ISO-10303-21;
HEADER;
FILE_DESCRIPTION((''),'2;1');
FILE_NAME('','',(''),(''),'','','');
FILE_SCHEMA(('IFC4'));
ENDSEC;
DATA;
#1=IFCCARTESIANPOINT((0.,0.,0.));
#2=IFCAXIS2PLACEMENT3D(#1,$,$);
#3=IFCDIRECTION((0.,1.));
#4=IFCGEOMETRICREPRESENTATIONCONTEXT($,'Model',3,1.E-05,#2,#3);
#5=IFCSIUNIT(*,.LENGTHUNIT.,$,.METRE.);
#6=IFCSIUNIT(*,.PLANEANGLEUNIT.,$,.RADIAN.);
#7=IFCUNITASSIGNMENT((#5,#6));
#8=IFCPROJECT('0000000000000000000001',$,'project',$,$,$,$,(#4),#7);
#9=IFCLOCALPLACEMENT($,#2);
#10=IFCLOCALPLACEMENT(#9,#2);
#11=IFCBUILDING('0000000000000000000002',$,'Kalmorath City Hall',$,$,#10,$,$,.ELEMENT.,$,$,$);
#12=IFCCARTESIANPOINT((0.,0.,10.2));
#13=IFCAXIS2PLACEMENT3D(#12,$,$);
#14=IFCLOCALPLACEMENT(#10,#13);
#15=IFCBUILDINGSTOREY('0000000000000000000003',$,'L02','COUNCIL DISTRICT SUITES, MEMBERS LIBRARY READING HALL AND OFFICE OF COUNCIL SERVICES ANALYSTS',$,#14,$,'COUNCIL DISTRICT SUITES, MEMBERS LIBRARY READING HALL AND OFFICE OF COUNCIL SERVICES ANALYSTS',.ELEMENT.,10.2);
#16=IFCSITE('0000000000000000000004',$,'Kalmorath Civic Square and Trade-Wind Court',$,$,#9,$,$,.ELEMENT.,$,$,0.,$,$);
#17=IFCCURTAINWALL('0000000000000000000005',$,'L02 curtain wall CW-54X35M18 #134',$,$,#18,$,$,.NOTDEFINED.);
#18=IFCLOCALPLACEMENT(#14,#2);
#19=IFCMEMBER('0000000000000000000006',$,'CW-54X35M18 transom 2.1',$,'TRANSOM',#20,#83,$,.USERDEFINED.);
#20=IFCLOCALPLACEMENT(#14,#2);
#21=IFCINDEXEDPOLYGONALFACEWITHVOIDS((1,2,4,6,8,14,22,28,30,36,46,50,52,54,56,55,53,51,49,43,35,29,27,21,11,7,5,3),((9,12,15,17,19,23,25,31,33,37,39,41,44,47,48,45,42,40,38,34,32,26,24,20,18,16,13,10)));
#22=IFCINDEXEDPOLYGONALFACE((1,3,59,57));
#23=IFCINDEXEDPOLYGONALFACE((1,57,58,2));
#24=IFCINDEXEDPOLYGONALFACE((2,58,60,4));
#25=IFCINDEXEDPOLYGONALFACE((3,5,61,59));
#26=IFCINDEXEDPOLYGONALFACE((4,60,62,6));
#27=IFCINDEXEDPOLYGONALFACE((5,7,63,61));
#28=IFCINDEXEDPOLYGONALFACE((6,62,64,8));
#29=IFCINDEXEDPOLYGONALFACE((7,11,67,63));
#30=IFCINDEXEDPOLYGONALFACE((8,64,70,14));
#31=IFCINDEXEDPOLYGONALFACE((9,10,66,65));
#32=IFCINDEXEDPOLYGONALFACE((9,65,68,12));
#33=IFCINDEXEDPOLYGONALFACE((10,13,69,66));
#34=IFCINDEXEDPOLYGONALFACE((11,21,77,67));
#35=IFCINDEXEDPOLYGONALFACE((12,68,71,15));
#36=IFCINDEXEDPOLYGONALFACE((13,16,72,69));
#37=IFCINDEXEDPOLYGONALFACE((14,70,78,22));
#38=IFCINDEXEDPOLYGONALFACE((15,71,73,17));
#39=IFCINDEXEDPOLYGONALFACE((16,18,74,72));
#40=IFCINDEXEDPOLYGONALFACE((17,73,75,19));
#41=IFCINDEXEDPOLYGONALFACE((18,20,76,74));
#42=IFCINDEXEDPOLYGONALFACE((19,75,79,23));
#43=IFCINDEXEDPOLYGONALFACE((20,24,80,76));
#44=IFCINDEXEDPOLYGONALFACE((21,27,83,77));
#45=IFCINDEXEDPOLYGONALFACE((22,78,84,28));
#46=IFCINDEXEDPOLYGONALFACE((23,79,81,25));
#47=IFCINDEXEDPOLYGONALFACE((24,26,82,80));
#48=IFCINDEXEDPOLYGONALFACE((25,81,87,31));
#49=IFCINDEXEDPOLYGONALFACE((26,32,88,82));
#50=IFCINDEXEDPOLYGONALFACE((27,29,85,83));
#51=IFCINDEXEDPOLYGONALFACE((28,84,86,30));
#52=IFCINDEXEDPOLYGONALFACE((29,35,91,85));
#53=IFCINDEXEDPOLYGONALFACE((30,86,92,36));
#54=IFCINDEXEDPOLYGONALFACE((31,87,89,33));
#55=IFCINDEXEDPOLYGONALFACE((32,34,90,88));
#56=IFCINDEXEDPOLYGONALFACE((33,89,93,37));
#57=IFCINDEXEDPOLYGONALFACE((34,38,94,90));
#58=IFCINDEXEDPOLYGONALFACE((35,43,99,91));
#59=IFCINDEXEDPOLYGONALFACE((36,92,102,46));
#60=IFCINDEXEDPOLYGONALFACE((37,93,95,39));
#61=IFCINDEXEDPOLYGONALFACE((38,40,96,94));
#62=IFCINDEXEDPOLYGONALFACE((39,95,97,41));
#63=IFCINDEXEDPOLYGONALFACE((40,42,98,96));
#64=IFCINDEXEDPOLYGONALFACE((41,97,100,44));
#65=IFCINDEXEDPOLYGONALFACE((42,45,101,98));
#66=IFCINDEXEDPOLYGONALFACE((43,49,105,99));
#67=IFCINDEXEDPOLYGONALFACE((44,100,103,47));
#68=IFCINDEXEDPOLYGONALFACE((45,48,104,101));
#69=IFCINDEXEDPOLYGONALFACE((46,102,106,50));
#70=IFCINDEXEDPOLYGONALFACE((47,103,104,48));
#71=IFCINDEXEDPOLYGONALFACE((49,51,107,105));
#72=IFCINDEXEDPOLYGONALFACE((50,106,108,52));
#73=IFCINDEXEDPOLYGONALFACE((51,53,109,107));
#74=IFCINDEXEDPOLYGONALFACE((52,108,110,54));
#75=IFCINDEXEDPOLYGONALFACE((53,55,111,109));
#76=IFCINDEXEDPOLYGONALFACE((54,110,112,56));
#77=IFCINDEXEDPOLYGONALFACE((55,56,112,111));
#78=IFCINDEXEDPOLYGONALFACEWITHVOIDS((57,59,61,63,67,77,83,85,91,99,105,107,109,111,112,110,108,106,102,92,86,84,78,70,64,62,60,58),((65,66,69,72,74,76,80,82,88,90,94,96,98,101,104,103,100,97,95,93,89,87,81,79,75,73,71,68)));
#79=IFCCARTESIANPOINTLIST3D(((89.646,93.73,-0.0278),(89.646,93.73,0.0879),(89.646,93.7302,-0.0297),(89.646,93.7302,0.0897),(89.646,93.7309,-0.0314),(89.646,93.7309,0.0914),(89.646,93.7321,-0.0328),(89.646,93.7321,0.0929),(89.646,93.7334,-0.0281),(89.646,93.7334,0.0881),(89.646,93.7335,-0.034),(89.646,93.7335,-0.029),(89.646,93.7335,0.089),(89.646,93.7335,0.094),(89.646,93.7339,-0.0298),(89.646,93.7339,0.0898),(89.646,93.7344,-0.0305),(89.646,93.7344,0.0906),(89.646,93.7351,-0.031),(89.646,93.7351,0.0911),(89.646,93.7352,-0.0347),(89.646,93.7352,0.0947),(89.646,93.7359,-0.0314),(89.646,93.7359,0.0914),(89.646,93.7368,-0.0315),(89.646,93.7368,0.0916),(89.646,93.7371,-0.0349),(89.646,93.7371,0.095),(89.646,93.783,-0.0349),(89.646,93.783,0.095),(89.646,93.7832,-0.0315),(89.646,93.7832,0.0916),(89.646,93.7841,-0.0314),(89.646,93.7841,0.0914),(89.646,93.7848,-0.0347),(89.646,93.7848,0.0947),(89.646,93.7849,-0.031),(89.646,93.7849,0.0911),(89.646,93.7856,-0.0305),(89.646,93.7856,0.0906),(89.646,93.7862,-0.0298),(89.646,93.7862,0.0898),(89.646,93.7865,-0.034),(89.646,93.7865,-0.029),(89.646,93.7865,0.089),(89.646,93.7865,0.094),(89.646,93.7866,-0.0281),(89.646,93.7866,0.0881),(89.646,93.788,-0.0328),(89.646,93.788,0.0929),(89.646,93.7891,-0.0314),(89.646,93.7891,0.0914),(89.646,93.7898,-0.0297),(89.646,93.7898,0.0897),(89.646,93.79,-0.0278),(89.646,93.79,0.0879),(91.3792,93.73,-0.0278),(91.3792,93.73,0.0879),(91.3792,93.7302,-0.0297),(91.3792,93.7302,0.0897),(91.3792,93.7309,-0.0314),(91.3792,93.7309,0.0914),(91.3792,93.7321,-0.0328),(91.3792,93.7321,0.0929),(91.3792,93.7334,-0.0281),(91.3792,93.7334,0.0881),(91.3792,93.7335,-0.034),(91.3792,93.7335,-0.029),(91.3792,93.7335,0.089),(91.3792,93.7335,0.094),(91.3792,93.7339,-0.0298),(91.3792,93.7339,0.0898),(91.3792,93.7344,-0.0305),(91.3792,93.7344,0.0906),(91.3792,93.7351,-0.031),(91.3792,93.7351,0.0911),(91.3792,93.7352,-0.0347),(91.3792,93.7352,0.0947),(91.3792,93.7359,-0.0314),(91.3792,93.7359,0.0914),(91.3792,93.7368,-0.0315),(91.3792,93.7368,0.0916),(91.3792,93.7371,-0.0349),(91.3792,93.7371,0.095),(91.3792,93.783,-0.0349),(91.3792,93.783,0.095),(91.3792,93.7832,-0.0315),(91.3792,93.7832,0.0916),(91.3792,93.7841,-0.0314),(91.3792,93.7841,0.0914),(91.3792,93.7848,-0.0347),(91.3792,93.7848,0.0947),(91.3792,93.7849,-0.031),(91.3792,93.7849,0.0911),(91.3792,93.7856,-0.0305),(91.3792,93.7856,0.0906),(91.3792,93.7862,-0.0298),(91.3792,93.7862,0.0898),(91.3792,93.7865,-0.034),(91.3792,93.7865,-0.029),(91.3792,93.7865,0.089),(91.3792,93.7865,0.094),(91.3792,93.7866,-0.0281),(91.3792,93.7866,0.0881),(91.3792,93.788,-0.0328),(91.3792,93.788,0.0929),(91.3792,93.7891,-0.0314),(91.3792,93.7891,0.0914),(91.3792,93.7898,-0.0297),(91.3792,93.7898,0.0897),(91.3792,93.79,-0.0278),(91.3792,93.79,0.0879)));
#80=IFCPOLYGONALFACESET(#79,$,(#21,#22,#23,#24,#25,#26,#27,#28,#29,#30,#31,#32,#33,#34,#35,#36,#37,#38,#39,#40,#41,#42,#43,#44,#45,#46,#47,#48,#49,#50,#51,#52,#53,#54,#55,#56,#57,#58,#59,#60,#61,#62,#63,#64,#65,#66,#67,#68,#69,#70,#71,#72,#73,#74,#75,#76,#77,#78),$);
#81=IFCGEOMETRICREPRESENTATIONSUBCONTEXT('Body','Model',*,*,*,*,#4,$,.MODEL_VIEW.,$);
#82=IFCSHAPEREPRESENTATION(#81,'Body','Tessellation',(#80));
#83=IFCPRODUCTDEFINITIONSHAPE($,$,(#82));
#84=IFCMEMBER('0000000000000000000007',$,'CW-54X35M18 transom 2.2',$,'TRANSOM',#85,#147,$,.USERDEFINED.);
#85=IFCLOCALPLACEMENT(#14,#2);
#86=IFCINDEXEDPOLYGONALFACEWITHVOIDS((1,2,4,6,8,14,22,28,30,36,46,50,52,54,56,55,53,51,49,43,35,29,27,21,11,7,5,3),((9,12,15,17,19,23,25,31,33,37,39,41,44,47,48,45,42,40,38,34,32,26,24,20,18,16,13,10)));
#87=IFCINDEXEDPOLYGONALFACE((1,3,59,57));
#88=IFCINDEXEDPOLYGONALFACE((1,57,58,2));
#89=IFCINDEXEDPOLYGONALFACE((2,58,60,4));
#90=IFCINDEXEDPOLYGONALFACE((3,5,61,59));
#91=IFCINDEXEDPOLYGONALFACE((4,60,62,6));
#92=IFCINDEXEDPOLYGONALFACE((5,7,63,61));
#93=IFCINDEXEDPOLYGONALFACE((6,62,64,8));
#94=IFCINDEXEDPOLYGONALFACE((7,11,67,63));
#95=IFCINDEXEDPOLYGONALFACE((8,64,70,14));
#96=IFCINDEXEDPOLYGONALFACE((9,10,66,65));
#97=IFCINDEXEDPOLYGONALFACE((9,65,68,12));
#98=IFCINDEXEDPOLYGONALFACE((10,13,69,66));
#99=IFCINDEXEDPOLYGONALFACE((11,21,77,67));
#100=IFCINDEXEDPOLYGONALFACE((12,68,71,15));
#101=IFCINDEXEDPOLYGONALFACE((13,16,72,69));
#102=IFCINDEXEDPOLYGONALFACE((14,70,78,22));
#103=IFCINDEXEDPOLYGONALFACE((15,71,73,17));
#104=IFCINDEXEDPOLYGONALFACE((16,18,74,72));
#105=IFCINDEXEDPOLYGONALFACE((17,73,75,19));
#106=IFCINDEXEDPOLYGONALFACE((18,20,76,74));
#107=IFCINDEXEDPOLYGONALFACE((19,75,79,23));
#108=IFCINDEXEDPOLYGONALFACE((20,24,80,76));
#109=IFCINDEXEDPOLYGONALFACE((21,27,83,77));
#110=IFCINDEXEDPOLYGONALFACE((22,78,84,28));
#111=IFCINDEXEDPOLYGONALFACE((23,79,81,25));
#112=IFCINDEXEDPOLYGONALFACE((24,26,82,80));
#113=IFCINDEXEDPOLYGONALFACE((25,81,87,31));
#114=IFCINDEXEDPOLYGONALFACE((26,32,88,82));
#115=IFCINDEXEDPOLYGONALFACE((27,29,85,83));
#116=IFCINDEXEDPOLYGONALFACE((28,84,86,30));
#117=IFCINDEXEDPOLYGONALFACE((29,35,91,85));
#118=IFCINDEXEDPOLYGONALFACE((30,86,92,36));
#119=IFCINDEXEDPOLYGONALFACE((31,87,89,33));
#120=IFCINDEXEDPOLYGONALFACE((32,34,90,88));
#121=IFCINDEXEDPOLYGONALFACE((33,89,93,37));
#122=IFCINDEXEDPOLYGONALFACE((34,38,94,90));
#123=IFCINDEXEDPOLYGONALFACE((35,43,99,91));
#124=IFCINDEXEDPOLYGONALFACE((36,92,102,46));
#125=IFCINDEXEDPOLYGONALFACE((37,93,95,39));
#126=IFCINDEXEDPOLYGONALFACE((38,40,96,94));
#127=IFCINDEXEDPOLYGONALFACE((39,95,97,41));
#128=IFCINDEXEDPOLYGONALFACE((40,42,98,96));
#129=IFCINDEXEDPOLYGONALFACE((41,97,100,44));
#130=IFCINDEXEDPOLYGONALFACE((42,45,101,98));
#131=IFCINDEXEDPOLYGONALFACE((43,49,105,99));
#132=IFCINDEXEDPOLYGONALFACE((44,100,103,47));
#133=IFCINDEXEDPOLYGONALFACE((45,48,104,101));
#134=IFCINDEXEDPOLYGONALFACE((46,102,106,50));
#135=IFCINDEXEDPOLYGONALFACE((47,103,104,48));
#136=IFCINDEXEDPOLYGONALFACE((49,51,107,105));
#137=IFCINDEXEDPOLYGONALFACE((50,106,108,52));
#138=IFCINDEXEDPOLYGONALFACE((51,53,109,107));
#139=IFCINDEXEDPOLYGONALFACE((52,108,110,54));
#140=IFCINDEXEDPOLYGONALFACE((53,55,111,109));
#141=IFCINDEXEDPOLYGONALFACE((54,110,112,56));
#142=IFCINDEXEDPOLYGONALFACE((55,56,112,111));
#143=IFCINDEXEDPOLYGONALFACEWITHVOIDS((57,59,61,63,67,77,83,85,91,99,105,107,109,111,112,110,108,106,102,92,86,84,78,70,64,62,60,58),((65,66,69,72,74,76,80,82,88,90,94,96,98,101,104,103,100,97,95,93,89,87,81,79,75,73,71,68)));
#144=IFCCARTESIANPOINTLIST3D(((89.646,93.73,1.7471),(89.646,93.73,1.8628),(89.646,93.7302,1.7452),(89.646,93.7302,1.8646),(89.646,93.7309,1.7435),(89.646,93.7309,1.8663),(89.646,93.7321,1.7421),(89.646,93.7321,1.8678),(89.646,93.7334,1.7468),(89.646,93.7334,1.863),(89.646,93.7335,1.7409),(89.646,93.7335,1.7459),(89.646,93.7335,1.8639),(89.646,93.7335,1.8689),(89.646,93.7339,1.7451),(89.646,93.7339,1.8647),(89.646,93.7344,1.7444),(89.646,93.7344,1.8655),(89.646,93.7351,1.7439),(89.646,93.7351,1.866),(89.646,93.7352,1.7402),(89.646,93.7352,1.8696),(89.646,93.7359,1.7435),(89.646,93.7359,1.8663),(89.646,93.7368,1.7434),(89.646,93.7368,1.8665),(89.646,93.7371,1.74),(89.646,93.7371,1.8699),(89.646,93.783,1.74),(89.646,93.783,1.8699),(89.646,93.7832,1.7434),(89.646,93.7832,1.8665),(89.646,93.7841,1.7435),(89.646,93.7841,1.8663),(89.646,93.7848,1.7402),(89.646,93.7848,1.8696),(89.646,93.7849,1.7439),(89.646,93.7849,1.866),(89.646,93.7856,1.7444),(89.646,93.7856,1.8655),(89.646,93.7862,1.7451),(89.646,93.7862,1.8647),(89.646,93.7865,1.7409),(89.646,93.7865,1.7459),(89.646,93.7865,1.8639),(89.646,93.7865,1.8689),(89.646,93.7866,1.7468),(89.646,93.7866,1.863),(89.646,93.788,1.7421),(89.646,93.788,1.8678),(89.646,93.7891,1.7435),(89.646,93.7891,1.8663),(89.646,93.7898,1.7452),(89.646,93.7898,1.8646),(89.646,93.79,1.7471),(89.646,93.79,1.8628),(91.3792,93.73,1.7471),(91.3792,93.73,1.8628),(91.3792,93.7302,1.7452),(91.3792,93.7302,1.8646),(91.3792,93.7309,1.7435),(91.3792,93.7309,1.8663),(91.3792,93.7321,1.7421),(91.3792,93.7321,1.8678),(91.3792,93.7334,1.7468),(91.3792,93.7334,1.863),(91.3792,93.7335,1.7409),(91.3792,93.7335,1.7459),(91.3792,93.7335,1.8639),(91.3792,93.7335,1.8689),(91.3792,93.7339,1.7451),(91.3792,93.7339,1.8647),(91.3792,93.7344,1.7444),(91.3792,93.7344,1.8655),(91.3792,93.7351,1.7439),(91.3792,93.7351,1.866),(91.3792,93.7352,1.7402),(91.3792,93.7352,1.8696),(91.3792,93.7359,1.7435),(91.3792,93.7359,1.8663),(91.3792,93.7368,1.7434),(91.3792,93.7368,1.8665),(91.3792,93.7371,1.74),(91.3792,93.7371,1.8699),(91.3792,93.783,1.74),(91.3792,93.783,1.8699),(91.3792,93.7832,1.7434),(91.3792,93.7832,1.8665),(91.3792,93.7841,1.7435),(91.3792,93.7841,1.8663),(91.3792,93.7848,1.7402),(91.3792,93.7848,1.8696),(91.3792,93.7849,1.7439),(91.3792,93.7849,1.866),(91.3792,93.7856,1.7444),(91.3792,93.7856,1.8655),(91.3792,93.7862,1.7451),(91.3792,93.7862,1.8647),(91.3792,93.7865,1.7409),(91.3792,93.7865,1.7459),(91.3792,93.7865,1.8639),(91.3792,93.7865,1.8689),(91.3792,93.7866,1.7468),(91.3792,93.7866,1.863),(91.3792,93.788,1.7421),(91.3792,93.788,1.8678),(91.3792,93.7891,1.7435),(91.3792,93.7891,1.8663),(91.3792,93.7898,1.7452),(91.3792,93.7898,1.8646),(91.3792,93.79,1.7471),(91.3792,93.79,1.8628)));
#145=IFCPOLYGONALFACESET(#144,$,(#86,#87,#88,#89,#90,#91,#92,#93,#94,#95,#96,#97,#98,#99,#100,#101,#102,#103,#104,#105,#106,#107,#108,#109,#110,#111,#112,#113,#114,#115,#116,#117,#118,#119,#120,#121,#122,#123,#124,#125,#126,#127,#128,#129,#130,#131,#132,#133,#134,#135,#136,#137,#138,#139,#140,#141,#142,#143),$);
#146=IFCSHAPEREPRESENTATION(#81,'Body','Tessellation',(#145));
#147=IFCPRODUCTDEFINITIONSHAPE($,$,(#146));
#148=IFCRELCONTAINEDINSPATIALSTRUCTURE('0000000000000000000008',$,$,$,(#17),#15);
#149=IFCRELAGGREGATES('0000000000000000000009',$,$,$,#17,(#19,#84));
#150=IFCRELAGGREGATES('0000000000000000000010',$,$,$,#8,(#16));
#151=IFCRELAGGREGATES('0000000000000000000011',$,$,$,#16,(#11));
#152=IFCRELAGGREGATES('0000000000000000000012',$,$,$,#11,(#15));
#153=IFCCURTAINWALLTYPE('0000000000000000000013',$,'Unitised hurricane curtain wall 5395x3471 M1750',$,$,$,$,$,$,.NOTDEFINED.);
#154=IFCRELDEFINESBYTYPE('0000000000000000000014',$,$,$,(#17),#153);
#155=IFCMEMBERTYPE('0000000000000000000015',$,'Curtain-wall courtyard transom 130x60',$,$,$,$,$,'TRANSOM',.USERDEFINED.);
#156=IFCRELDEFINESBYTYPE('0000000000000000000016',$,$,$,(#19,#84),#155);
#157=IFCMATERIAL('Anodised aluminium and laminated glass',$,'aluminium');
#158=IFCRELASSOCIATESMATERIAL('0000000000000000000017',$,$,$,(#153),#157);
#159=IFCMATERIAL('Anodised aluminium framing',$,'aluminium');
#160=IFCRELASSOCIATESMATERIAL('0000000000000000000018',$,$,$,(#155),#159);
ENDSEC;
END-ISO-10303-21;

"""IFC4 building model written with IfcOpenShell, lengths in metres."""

from ifc_helpers import new_model, si_unit, direction, frame, origin, origin_2d, place, context, subcontext, project, spatial, hollow_rectangle, extrude, material, material_profile, profile_set, type_object, element, aggregate, save


model = new_model("IFC4")

# Units and contexts
model_context = context("Model", 3, precision=1e-05, world=origin(), true_north=direction((0.0, 1.0)))
body_context = subcontext(model_context, "Body", "Model", "MODEL_VIEW")
ifc_project = project(units=[si_unit("LENGTHUNIT", "METRE"), si_unit("PLANEANGLEUNIT", "RADIAN")], contexts=[model_context])

# Site, building, storey
site_placement = place(None, origin())
site = spatial("IfcSite", under=ifc_project, at=site_placement, Name="Kalmorath Civic Square and Trade-Wind Court", CompositionType="ELEMENT", RefElevation=0.0)
building_placement = place(site_placement, origin())
building = spatial("IfcBuilding", under=site, at=building_placement, Name="Kalmorath City Hall", CompositionType="ELEMENT")
storey_placement = place(building_placement, frame((0.0, 0.0, 10.2)))
storey = spatial("IfcBuildingStorey", under=building, at=storey_placement, Name="L02", Description="COUNCIL DISTRICT SUITES, MEMBERS LIBRARY READING HALL AND OFFICE OF COUNCIL SERVICES ANALYSTS", LongName="COUNCIL DISTRICT SUITES, MEMBERS LIBRARY READING HALL AND OFFICE OF COUNCIL SERVICES ANALYSTS", CompositionType="ELEMENT", Elevation=10.2)

# Curtain wall, members
ifc_material_1 = material(Name="Anodised aluminium and laminated glass", Category="aluminium")
curtain_wall_type = type_object("IfcCurtainWallType", Name="Unitised hurricane curtain wall 5395x3471 M1750", PredefinedType="NOTDEFINED", material=ifc_material_1)
curtain_wall_placement = place(storey_placement, origin())
curtain_wall = element("IfcCurtainWall", 1, at=curtain_wall_placement, inside=storey, type_object=curtain_wall_type, Name="L02 curtain wall CW-54X35M18 #134", PredefinedType="NOTDEFINED")
ifc_material_2 = material(Name="Anodised aluminium framing", Category="aluminium")
ifc_material_profile_1 = material_profile(ifc_material_2, hollow_rectangle(XDim=0.0601, YDim=0.1299, WallThickness=0.0034, InnerFilletRadius=0.0034, OuterFilletRadius=0.0071, at=origin_2d()), Name="ALU-TRN-130X60X3.5")
ifc_profile_set_1 = profile_set([ifc_material_profile_1], Name="Anodised aluminium framing")
member_type_1 = type_object("IfcMemberType", Name="Curtain-wall courtyard transom 130x60", ElementType="TRANSOM", PredefinedType="USERDEFINED", material=ifc_profile_set_1)
member_1_placement = place(storey_placement, frame((91.3792, 93.76, 0.03), z_axis=(-1.0, 0.0, 0.0), x_axis=(0.0, -1.0, 0.0)))
member_1 = element("IfcMember", 2, at=member_1_placement, type_object=member_type_1, Name="CW-54X35M18 transom 2.1", ObjectType="TRANSOM", PredefinedType="USERDEFINED", context=body_context, shape_type="SweptSolid", body=[
    extrude(hollow_rectangle(XDim=0.0601, YDim=0.1299, WallThickness=0.0034, InnerFilletRadius=0.0034, OuterFilletRadius=0.0071, at=origin_2d()), origin(), (0.0, 0.0, 1.0), 1.7332),
])
member_2_placement = place(storey_placement, frame((91.3792, 93.76, 1.8049), z_axis=(-1.0, 0.0, 0.0), x_axis=(0.0, -1.0, 0.0)))
member_2 = element("IfcMember", 3, at=member_2_placement, type_object=member_type_1, Name="CW-54X35M18 transom 2.2", ObjectType="TRANSOM", PredefinedType="USERDEFINED", context=body_context, shape_type="SweptSolid", body=[
    extrude(hollow_rectangle(XDim=0.0601, YDim=0.1299, WallThickness=0.0034, InnerFilletRadius=0.0034, OuterFilletRadius=0.0071, at=origin_2d()), origin(), (0.0, 0.0, 1.0), 1.7332),
])

aggregate(curtain_wall, [member_1, member_2])

save(model, "model.ifc")
